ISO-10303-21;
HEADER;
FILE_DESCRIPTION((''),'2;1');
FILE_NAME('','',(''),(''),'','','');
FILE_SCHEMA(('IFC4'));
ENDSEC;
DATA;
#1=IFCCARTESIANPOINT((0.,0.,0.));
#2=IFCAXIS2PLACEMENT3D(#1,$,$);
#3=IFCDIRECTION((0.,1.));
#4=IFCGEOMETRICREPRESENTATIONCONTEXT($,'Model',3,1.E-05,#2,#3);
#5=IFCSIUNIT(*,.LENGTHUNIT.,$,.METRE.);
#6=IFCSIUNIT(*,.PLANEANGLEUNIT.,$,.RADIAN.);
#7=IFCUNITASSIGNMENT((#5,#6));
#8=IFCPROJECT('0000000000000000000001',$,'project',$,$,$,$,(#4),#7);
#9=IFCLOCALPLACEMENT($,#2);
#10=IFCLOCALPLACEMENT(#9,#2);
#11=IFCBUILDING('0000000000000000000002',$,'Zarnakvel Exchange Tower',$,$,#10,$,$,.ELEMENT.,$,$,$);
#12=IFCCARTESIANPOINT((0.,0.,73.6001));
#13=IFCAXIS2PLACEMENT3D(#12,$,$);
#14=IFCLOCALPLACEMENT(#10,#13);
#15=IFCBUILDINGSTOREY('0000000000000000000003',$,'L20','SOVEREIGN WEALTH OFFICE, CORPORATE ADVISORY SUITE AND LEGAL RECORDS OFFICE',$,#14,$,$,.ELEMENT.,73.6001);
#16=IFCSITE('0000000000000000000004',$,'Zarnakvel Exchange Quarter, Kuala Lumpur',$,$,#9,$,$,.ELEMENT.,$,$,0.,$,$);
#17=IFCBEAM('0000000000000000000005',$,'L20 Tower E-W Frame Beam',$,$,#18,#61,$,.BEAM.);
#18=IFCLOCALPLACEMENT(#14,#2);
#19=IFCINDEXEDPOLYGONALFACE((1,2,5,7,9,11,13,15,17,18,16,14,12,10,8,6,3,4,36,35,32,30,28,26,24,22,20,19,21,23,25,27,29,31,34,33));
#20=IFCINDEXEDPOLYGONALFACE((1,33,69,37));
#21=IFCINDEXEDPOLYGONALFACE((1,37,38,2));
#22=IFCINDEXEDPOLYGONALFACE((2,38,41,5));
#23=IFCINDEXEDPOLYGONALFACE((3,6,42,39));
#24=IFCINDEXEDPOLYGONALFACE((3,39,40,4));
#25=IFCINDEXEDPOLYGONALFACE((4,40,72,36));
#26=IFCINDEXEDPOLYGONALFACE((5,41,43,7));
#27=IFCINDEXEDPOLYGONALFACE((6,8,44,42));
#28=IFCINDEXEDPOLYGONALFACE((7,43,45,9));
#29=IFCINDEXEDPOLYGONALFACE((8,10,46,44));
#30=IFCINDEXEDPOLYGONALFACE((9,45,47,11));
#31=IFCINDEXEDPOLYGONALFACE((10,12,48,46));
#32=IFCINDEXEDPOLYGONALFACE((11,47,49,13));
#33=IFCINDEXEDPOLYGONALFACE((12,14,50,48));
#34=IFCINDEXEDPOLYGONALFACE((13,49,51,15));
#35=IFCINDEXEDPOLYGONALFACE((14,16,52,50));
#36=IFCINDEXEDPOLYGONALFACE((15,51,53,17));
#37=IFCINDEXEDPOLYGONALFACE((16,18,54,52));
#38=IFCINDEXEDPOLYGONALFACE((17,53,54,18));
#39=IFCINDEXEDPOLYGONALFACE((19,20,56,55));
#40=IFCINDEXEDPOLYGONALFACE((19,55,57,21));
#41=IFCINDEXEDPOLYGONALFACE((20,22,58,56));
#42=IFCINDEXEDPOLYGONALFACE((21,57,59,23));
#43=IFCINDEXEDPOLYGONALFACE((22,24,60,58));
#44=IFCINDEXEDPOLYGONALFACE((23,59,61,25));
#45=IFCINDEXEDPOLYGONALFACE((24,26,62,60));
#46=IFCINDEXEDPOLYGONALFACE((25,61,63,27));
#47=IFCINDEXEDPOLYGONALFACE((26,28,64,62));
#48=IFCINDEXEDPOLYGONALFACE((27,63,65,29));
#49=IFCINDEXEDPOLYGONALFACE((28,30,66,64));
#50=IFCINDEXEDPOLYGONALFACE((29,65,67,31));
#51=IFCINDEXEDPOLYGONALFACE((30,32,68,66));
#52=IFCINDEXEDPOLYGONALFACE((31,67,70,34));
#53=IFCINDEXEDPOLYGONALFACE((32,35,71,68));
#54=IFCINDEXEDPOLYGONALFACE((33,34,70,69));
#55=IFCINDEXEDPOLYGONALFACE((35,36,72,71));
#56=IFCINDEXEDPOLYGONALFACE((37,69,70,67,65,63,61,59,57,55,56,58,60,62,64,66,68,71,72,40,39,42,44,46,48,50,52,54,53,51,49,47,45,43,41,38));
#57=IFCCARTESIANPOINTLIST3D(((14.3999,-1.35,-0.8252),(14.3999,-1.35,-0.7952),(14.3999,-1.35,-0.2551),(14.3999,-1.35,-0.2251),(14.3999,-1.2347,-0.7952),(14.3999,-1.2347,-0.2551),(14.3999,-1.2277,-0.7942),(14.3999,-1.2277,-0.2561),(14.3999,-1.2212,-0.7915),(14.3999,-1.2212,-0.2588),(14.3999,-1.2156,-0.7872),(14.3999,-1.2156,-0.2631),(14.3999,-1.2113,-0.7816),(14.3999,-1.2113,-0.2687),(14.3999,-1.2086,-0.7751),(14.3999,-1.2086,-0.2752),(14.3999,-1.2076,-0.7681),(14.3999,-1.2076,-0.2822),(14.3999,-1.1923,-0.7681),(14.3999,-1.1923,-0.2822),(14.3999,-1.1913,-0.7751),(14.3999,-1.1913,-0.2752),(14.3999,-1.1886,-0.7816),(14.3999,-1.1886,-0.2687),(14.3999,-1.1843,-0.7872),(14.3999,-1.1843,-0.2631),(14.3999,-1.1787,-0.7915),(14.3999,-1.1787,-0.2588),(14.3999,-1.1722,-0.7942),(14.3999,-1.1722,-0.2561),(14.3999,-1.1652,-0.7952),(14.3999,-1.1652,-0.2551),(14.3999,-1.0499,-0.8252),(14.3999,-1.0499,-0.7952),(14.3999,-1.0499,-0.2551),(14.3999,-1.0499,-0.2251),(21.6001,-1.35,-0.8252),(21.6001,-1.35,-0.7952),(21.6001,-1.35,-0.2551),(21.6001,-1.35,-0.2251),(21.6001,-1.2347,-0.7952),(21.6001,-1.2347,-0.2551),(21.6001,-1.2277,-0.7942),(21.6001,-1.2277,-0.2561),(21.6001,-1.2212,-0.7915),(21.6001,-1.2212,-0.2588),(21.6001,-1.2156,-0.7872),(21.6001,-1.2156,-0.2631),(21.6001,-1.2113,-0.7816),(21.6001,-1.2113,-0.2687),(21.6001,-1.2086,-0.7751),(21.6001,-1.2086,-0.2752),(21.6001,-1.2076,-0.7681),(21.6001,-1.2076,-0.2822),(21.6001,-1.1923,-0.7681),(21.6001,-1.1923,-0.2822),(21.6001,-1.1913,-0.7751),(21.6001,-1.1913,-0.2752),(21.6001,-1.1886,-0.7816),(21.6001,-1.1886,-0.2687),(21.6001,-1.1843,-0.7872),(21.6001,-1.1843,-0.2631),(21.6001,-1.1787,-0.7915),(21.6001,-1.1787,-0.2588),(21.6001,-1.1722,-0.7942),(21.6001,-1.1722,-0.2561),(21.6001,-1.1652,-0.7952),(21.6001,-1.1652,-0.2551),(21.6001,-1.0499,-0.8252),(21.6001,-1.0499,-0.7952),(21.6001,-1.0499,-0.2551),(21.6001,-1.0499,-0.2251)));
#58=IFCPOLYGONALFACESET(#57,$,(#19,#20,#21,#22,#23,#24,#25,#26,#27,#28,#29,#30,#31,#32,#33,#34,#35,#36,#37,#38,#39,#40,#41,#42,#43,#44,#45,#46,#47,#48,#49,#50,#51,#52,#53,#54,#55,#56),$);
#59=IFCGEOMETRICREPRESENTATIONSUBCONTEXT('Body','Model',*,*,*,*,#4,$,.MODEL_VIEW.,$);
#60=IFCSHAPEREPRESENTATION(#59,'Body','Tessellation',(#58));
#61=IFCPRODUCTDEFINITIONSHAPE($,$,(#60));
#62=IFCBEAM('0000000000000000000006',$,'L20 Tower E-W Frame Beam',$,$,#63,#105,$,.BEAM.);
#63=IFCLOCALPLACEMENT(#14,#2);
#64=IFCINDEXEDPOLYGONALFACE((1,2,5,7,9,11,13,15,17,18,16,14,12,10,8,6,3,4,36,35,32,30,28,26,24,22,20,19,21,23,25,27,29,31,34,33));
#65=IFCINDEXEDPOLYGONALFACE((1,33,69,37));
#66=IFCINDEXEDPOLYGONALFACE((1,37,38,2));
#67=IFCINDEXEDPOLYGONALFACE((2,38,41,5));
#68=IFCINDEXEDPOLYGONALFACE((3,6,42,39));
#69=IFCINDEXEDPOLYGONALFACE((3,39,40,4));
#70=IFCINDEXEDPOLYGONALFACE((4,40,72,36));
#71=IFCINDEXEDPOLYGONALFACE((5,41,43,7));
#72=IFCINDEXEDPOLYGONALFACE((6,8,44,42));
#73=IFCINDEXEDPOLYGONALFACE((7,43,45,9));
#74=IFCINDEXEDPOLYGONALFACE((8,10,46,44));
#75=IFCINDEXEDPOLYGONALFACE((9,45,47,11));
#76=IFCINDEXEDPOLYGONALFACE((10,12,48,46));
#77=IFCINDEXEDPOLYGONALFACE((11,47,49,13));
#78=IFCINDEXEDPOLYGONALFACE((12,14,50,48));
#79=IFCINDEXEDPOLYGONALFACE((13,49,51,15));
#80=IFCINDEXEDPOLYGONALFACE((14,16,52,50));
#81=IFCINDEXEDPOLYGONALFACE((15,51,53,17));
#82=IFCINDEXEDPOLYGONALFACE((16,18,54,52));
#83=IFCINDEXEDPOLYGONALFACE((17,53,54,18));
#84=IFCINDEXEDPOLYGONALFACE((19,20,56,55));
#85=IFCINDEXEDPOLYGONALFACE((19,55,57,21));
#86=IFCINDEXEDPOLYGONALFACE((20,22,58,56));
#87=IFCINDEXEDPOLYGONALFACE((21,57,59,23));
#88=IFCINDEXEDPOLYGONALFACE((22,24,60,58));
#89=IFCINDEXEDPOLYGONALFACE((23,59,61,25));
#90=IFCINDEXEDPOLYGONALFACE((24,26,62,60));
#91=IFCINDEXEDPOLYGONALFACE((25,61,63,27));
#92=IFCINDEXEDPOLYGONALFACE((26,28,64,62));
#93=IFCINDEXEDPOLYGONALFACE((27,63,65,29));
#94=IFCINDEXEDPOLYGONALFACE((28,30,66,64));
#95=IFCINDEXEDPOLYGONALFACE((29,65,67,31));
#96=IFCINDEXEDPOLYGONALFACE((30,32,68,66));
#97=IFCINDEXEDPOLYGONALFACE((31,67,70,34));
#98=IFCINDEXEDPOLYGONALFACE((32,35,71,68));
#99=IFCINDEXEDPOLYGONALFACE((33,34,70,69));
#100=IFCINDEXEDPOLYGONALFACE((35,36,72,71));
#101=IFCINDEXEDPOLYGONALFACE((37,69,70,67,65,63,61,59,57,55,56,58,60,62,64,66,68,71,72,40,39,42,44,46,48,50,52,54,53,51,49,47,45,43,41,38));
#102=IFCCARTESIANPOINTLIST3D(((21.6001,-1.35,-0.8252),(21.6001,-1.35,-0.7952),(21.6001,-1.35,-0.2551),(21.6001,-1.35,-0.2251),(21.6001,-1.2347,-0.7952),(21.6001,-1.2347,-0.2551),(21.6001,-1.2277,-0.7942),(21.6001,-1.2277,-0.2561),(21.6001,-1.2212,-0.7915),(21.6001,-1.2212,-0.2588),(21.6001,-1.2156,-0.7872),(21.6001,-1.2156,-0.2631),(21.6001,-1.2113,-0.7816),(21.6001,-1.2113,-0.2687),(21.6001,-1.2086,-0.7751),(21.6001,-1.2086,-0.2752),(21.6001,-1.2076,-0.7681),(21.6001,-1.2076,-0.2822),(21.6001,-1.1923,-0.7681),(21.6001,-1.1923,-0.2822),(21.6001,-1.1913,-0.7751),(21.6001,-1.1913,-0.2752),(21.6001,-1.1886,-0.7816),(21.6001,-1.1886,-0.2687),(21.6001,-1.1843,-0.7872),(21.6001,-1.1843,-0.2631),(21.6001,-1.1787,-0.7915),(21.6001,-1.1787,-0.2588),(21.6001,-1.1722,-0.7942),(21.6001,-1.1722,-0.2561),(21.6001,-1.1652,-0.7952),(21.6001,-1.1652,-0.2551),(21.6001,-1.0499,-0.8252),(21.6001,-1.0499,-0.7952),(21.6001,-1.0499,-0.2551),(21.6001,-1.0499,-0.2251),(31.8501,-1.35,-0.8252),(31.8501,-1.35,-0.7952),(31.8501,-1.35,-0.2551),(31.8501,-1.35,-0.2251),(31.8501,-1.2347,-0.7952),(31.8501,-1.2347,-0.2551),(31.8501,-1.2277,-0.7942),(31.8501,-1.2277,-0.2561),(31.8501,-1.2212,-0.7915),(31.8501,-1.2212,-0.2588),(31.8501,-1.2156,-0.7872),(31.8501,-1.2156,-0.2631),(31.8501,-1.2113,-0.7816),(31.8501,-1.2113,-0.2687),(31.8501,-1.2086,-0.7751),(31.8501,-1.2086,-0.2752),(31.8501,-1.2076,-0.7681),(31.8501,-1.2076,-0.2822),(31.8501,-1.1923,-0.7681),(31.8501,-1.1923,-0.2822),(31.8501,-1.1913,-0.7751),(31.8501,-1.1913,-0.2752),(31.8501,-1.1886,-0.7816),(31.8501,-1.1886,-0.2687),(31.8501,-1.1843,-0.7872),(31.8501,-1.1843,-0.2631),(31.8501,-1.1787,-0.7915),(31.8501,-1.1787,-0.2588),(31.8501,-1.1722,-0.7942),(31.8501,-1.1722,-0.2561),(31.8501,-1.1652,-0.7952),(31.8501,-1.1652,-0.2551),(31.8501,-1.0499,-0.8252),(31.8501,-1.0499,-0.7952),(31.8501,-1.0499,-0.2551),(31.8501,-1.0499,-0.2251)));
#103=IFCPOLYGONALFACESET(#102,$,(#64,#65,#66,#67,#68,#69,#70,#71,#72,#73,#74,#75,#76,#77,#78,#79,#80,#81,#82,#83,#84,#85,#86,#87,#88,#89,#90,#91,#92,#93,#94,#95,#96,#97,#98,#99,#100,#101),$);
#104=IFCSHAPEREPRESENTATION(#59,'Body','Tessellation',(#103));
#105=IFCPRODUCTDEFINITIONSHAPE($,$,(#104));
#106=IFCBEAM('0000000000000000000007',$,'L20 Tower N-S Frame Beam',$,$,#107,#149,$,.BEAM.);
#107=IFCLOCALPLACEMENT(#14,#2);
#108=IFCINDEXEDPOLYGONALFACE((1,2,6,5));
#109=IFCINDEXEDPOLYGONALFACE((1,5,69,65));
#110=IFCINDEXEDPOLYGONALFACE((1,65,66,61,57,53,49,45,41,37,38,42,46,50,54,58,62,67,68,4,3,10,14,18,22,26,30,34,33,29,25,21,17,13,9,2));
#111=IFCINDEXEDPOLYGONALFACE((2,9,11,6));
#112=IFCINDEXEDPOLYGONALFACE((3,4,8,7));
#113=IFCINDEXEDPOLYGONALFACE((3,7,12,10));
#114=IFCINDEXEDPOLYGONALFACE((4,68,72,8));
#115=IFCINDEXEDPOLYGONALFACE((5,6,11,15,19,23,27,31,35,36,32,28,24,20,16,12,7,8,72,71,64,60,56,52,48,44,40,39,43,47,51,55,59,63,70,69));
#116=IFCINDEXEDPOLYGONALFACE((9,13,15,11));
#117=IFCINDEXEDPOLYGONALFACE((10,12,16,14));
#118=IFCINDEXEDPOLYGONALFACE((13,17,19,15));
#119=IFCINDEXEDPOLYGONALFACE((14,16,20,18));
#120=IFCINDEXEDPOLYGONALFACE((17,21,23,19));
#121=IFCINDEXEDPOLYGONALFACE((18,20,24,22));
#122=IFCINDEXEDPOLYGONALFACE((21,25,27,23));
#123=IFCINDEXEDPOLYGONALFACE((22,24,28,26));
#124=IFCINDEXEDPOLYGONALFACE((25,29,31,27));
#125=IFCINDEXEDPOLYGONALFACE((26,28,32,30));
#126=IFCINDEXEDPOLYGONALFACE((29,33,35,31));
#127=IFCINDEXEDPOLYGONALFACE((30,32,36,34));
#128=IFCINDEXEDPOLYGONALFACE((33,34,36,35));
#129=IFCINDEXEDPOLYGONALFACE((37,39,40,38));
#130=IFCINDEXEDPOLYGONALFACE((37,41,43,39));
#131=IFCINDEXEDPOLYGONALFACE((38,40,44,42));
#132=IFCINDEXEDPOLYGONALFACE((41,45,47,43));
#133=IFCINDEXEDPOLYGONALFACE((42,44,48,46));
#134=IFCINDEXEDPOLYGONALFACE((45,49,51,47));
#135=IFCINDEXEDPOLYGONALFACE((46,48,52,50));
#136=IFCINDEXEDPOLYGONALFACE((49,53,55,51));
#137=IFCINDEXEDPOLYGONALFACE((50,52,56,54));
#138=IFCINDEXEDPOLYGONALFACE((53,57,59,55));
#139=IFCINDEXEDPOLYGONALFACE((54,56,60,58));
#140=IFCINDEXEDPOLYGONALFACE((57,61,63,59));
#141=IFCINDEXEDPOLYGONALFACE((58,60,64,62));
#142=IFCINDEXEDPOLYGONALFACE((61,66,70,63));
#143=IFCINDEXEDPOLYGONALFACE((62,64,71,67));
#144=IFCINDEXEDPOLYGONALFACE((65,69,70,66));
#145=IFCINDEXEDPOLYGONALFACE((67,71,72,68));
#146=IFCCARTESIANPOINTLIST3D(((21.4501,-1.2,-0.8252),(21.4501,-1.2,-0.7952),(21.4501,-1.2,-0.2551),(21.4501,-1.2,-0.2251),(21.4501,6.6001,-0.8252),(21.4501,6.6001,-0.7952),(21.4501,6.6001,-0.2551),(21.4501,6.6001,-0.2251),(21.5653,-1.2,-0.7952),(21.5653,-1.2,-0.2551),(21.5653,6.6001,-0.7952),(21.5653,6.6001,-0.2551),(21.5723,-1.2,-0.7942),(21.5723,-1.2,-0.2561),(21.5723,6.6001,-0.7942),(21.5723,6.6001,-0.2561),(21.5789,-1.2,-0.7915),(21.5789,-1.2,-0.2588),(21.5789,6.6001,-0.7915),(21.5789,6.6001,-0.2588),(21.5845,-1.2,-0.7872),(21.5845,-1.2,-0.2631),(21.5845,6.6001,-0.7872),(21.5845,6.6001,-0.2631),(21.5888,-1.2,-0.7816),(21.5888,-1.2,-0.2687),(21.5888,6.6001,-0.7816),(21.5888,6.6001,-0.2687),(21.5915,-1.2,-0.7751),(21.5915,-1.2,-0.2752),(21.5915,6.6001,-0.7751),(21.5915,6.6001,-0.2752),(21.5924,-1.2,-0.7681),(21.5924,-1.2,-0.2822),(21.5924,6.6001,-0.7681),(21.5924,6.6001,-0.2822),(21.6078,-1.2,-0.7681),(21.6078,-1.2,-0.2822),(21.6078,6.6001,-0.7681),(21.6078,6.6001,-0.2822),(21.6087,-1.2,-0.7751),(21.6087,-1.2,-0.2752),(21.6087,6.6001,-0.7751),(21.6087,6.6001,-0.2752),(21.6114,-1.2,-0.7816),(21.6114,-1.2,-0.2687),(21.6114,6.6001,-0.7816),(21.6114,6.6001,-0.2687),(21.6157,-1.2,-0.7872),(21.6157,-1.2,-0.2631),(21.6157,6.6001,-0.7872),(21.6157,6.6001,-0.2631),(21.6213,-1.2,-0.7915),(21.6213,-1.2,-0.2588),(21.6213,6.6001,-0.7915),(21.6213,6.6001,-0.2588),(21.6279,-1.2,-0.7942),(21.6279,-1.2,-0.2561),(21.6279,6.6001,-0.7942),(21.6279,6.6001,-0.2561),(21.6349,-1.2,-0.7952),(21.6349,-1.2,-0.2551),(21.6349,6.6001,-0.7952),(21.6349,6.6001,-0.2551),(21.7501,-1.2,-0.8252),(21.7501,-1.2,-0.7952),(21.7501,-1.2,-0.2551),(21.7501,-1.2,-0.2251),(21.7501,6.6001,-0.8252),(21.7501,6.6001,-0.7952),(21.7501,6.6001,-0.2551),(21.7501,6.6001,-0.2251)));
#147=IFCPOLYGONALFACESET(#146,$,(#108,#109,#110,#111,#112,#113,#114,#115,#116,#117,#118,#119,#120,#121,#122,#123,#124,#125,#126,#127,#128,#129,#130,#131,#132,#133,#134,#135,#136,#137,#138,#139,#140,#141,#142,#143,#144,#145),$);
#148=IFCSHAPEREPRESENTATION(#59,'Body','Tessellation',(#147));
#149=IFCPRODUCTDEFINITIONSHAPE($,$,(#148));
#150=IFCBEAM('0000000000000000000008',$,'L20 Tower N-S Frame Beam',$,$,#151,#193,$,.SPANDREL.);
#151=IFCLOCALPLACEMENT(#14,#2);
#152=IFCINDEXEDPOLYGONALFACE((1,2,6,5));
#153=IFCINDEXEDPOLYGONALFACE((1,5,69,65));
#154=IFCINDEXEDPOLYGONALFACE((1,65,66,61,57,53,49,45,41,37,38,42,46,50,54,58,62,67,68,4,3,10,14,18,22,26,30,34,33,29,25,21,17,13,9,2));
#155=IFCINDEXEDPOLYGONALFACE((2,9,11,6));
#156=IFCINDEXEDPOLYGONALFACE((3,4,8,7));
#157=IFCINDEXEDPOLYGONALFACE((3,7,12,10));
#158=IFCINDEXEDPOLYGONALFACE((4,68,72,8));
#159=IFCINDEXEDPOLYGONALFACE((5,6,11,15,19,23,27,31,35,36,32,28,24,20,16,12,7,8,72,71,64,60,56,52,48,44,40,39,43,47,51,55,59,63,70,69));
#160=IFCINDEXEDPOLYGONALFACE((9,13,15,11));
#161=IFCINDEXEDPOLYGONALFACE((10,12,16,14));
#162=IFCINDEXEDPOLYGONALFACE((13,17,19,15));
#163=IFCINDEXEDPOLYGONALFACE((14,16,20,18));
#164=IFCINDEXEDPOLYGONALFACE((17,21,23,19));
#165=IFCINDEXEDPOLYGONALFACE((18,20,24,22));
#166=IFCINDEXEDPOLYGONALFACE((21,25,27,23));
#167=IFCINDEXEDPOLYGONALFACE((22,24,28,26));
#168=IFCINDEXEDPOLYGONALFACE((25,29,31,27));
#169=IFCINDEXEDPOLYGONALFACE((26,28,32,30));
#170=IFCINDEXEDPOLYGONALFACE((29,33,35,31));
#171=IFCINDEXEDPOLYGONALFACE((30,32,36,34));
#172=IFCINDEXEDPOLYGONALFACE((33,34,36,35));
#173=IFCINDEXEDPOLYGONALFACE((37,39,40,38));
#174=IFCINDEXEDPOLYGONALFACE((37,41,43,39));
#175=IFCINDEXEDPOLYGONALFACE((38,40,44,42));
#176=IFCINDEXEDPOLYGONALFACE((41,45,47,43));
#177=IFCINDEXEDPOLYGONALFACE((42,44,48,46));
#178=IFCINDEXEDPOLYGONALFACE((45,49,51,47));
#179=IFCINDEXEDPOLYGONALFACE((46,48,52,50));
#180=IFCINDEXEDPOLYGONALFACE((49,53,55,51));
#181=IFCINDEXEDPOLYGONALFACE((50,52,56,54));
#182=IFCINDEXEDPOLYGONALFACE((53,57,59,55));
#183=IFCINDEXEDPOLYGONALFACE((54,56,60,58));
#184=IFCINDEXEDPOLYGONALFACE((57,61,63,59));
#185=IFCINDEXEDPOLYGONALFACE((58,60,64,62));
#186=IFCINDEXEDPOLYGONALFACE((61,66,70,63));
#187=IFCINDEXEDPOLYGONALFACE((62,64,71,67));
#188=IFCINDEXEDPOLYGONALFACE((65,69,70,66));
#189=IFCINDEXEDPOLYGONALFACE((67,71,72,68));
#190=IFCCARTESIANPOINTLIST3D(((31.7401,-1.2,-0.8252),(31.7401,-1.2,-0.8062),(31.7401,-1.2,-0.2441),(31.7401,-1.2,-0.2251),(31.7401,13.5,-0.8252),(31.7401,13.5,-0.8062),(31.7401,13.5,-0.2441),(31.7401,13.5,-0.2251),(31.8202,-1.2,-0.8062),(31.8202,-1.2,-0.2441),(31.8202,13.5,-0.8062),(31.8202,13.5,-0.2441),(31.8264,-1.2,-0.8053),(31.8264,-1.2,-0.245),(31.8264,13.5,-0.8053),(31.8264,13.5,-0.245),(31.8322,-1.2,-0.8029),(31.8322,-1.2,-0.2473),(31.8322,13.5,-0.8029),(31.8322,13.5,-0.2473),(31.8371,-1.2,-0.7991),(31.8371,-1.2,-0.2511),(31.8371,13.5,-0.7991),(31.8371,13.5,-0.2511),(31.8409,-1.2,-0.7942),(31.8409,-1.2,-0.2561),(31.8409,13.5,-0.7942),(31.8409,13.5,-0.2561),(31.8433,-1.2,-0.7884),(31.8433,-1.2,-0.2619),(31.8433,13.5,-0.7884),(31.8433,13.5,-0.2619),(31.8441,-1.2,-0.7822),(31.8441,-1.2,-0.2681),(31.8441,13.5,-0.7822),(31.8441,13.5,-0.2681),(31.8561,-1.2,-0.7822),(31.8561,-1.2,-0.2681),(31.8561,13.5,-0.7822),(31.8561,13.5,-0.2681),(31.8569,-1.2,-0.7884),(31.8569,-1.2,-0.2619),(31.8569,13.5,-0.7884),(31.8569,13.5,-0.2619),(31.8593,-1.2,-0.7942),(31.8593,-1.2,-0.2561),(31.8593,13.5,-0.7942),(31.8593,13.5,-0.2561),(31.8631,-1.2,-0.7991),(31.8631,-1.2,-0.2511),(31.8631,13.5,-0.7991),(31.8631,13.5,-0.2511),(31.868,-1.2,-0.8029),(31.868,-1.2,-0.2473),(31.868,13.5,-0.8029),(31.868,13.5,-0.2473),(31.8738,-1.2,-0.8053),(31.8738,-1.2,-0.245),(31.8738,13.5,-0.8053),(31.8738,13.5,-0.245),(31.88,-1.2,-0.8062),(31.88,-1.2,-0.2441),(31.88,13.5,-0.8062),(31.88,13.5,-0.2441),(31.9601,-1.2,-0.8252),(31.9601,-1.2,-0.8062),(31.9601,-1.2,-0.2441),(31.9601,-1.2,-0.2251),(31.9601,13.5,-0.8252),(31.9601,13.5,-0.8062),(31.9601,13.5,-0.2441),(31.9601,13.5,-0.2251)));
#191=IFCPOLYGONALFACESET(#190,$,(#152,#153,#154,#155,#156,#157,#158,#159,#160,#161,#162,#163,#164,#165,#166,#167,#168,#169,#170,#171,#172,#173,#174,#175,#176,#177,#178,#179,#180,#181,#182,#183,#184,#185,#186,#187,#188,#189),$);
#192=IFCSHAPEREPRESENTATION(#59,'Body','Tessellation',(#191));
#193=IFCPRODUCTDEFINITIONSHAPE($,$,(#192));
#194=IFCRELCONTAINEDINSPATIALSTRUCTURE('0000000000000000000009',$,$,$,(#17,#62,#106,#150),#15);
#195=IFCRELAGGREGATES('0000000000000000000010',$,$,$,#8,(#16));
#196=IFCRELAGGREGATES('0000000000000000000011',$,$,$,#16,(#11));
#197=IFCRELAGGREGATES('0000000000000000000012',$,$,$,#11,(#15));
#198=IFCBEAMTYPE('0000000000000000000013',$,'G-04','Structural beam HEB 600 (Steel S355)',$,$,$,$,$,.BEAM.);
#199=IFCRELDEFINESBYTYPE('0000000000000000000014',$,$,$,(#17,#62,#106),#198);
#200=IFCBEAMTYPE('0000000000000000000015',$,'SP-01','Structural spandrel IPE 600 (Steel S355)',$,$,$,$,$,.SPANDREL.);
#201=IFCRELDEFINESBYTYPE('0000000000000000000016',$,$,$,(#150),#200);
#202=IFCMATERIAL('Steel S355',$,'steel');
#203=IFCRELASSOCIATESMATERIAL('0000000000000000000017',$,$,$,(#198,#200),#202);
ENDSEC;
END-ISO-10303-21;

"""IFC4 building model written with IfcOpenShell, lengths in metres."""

from ifc_helpers import new_model, si_unit, direction, frame, origin, origin_2d, place, context, subcontext, project, spatial, i_section, extrude, material, material_profile, profile_set, type_object, element, save


model = new_model("IFC4")

# Units and contexts
model_context = context("Model", 3, precision=1e-05, world=origin(), true_north=direction((0.0, 1.0)))
body_context = subcontext(model_context, "Body", "Model", "MODEL_VIEW")
ifc_project = project(units=[si_unit("LENGTHUNIT", "METRE"), si_unit("PLANEANGLEUNIT", "RADIAN")], contexts=[model_context])

# Site, building, storey
site_placement = place(None, origin())
site = spatial("IfcSite", under=ifc_project, at=site_placement, Name="Zarnakvel Exchange Quarter, Kuala Lumpur", CompositionType="ELEMENT", RefElevation=0.0)
building_placement = place(site_placement, origin())
building = spatial("IfcBuilding", under=site, at=building_placement, Name="Zarnakvel Exchange Tower", CompositionType="ELEMENT")
storey_placement = place(building_placement, frame((0.0, 0.0, 73.6001)))
storey = spatial("IfcBuildingStorey", under=building, at=storey_placement, Name="L20", Description="SOVEREIGN WEALTH OFFICE, CORPORATE ADVISORY SUITE AND LEGAL RECORDS OFFICE", CompositionType="ELEMENT", Elevation=73.6001)

# Shared definitions
ifc_material_1 = material(Name="Steel S355", Category="steel")

# Beams
ifc_material_profile_1 = material_profile(ifc_material_1, i_section(OverallWidth=0.3, OverallDepth=0.6001, WebThickness=0.0154, FlangeThickness=0.03, FilletRadius=0.0271, at=origin_2d()))
ifc_profile_set_1 = profile_set([ifc_material_profile_1], Name="Steel S355")
beam_type_1 = type_object("IfcBeamType", Name="G-04", Description="Structural beam HEB 600 (Steel S355)", PredefinedType="BEAM", material=ifc_profile_set_1)
beam_1_placement = place(storey_placement, frame((14.3999, -1.2, -0.5251), z_axis=(1.0, 0.0, 0.0), x_axis=(0.0, 1.0, 0.0)))
element("IfcBeam", 1, at=beam_1_placement, inside=storey, type_object=beam_type_1, Name="L20 Tower E-W Frame Beam", PredefinedType="BEAM", context=body_context, shape_type="SweptSolid", body=[
    extrude(i_section(OverallWidth=0.3, OverallDepth=0.6001, WebThickness=0.0154, FlangeThickness=0.03, FilletRadius=0.0271, at=origin_2d()), origin(), (0.0, 0.0, 1.0), 7.2002),
])
beam_2_placement = place(storey_placement, frame((21.6001, -1.2, -0.5251), z_axis=(1.0, 0.0, 0.0), x_axis=(0.0, 1.0, 0.0)))
element("IfcBeam", 2, at=beam_2_placement, inside=storey, type_object=beam_type_1, Name="L20 Tower E-W Frame Beam", PredefinedType="BEAM", context=body_context, shape_type="SweptSolid", body=[
    extrude(i_section(OverallWidth=0.3, OverallDepth=0.6001, WebThickness=0.0154, FlangeThickness=0.03, FilletRadius=0.0271, at=origin_2d()), origin(), (0.0, 0.0, 1.0), 10.25),
])
beam_3_placement = place(storey_placement, frame((21.6001, -1.2, -0.5251), z_axis=(0.0, 1.0, 0.0), x_axis=(-1.0, 0.0, 0.0)))
element("IfcBeam", 3, at=beam_3_placement, inside=storey, type_object=beam_type_1, Name="L20 Tower N-S Frame Beam", PredefinedType="BEAM", context=body_context, shape_type="SweptSolid", body=[
    extrude(i_section(OverallWidth=0.3, OverallDepth=0.6001, WebThickness=0.0154, FlangeThickness=0.03, FilletRadius=0.0271, at=origin_2d()), origin(), (0.0, 0.0, 1.0), 7.8),
])
ifc_material_profile_2 = material_profile(ifc_material_1, i_section(OverallWidth=0.22, OverallDepth=0.6001, WebThickness=0.012, FlangeThickness=0.019, FilletRadius=0.0239, at=origin_2d()))
ifc_profile_set_2 = profile_set([ifc_material_profile_2], Name="Steel S355")
beam_type_2 = type_object("IfcBeamType", Name="SP-01", Description="Structural spandrel IPE 600 (Steel S355)", PredefinedType="SPANDREL", material=ifc_profile_set_2)
beam_4_placement = place(storey_placement, frame((31.8501, -1.2, -0.5251), z_axis=(0.0, 1.0, 0.0), x_axis=(-1.0, 0.0, 0.0)))
element("IfcBeam", 4, at=beam_4_placement, inside=storey, type_object=beam_type_2, Name="L20 Tower N-S Frame Beam", PredefinedType="SPANDREL", context=body_context, shape_type="SweptSolid", body=[
    extrude(i_section(OverallWidth=0.22, OverallDepth=0.6001, WebThickness=0.012, FlangeThickness=0.019, FilletRadius=0.0239, at=origin_2d()), origin(), (0.0, 0.0, 1.0), 14.7),
])

save(model, "model.ifc")
